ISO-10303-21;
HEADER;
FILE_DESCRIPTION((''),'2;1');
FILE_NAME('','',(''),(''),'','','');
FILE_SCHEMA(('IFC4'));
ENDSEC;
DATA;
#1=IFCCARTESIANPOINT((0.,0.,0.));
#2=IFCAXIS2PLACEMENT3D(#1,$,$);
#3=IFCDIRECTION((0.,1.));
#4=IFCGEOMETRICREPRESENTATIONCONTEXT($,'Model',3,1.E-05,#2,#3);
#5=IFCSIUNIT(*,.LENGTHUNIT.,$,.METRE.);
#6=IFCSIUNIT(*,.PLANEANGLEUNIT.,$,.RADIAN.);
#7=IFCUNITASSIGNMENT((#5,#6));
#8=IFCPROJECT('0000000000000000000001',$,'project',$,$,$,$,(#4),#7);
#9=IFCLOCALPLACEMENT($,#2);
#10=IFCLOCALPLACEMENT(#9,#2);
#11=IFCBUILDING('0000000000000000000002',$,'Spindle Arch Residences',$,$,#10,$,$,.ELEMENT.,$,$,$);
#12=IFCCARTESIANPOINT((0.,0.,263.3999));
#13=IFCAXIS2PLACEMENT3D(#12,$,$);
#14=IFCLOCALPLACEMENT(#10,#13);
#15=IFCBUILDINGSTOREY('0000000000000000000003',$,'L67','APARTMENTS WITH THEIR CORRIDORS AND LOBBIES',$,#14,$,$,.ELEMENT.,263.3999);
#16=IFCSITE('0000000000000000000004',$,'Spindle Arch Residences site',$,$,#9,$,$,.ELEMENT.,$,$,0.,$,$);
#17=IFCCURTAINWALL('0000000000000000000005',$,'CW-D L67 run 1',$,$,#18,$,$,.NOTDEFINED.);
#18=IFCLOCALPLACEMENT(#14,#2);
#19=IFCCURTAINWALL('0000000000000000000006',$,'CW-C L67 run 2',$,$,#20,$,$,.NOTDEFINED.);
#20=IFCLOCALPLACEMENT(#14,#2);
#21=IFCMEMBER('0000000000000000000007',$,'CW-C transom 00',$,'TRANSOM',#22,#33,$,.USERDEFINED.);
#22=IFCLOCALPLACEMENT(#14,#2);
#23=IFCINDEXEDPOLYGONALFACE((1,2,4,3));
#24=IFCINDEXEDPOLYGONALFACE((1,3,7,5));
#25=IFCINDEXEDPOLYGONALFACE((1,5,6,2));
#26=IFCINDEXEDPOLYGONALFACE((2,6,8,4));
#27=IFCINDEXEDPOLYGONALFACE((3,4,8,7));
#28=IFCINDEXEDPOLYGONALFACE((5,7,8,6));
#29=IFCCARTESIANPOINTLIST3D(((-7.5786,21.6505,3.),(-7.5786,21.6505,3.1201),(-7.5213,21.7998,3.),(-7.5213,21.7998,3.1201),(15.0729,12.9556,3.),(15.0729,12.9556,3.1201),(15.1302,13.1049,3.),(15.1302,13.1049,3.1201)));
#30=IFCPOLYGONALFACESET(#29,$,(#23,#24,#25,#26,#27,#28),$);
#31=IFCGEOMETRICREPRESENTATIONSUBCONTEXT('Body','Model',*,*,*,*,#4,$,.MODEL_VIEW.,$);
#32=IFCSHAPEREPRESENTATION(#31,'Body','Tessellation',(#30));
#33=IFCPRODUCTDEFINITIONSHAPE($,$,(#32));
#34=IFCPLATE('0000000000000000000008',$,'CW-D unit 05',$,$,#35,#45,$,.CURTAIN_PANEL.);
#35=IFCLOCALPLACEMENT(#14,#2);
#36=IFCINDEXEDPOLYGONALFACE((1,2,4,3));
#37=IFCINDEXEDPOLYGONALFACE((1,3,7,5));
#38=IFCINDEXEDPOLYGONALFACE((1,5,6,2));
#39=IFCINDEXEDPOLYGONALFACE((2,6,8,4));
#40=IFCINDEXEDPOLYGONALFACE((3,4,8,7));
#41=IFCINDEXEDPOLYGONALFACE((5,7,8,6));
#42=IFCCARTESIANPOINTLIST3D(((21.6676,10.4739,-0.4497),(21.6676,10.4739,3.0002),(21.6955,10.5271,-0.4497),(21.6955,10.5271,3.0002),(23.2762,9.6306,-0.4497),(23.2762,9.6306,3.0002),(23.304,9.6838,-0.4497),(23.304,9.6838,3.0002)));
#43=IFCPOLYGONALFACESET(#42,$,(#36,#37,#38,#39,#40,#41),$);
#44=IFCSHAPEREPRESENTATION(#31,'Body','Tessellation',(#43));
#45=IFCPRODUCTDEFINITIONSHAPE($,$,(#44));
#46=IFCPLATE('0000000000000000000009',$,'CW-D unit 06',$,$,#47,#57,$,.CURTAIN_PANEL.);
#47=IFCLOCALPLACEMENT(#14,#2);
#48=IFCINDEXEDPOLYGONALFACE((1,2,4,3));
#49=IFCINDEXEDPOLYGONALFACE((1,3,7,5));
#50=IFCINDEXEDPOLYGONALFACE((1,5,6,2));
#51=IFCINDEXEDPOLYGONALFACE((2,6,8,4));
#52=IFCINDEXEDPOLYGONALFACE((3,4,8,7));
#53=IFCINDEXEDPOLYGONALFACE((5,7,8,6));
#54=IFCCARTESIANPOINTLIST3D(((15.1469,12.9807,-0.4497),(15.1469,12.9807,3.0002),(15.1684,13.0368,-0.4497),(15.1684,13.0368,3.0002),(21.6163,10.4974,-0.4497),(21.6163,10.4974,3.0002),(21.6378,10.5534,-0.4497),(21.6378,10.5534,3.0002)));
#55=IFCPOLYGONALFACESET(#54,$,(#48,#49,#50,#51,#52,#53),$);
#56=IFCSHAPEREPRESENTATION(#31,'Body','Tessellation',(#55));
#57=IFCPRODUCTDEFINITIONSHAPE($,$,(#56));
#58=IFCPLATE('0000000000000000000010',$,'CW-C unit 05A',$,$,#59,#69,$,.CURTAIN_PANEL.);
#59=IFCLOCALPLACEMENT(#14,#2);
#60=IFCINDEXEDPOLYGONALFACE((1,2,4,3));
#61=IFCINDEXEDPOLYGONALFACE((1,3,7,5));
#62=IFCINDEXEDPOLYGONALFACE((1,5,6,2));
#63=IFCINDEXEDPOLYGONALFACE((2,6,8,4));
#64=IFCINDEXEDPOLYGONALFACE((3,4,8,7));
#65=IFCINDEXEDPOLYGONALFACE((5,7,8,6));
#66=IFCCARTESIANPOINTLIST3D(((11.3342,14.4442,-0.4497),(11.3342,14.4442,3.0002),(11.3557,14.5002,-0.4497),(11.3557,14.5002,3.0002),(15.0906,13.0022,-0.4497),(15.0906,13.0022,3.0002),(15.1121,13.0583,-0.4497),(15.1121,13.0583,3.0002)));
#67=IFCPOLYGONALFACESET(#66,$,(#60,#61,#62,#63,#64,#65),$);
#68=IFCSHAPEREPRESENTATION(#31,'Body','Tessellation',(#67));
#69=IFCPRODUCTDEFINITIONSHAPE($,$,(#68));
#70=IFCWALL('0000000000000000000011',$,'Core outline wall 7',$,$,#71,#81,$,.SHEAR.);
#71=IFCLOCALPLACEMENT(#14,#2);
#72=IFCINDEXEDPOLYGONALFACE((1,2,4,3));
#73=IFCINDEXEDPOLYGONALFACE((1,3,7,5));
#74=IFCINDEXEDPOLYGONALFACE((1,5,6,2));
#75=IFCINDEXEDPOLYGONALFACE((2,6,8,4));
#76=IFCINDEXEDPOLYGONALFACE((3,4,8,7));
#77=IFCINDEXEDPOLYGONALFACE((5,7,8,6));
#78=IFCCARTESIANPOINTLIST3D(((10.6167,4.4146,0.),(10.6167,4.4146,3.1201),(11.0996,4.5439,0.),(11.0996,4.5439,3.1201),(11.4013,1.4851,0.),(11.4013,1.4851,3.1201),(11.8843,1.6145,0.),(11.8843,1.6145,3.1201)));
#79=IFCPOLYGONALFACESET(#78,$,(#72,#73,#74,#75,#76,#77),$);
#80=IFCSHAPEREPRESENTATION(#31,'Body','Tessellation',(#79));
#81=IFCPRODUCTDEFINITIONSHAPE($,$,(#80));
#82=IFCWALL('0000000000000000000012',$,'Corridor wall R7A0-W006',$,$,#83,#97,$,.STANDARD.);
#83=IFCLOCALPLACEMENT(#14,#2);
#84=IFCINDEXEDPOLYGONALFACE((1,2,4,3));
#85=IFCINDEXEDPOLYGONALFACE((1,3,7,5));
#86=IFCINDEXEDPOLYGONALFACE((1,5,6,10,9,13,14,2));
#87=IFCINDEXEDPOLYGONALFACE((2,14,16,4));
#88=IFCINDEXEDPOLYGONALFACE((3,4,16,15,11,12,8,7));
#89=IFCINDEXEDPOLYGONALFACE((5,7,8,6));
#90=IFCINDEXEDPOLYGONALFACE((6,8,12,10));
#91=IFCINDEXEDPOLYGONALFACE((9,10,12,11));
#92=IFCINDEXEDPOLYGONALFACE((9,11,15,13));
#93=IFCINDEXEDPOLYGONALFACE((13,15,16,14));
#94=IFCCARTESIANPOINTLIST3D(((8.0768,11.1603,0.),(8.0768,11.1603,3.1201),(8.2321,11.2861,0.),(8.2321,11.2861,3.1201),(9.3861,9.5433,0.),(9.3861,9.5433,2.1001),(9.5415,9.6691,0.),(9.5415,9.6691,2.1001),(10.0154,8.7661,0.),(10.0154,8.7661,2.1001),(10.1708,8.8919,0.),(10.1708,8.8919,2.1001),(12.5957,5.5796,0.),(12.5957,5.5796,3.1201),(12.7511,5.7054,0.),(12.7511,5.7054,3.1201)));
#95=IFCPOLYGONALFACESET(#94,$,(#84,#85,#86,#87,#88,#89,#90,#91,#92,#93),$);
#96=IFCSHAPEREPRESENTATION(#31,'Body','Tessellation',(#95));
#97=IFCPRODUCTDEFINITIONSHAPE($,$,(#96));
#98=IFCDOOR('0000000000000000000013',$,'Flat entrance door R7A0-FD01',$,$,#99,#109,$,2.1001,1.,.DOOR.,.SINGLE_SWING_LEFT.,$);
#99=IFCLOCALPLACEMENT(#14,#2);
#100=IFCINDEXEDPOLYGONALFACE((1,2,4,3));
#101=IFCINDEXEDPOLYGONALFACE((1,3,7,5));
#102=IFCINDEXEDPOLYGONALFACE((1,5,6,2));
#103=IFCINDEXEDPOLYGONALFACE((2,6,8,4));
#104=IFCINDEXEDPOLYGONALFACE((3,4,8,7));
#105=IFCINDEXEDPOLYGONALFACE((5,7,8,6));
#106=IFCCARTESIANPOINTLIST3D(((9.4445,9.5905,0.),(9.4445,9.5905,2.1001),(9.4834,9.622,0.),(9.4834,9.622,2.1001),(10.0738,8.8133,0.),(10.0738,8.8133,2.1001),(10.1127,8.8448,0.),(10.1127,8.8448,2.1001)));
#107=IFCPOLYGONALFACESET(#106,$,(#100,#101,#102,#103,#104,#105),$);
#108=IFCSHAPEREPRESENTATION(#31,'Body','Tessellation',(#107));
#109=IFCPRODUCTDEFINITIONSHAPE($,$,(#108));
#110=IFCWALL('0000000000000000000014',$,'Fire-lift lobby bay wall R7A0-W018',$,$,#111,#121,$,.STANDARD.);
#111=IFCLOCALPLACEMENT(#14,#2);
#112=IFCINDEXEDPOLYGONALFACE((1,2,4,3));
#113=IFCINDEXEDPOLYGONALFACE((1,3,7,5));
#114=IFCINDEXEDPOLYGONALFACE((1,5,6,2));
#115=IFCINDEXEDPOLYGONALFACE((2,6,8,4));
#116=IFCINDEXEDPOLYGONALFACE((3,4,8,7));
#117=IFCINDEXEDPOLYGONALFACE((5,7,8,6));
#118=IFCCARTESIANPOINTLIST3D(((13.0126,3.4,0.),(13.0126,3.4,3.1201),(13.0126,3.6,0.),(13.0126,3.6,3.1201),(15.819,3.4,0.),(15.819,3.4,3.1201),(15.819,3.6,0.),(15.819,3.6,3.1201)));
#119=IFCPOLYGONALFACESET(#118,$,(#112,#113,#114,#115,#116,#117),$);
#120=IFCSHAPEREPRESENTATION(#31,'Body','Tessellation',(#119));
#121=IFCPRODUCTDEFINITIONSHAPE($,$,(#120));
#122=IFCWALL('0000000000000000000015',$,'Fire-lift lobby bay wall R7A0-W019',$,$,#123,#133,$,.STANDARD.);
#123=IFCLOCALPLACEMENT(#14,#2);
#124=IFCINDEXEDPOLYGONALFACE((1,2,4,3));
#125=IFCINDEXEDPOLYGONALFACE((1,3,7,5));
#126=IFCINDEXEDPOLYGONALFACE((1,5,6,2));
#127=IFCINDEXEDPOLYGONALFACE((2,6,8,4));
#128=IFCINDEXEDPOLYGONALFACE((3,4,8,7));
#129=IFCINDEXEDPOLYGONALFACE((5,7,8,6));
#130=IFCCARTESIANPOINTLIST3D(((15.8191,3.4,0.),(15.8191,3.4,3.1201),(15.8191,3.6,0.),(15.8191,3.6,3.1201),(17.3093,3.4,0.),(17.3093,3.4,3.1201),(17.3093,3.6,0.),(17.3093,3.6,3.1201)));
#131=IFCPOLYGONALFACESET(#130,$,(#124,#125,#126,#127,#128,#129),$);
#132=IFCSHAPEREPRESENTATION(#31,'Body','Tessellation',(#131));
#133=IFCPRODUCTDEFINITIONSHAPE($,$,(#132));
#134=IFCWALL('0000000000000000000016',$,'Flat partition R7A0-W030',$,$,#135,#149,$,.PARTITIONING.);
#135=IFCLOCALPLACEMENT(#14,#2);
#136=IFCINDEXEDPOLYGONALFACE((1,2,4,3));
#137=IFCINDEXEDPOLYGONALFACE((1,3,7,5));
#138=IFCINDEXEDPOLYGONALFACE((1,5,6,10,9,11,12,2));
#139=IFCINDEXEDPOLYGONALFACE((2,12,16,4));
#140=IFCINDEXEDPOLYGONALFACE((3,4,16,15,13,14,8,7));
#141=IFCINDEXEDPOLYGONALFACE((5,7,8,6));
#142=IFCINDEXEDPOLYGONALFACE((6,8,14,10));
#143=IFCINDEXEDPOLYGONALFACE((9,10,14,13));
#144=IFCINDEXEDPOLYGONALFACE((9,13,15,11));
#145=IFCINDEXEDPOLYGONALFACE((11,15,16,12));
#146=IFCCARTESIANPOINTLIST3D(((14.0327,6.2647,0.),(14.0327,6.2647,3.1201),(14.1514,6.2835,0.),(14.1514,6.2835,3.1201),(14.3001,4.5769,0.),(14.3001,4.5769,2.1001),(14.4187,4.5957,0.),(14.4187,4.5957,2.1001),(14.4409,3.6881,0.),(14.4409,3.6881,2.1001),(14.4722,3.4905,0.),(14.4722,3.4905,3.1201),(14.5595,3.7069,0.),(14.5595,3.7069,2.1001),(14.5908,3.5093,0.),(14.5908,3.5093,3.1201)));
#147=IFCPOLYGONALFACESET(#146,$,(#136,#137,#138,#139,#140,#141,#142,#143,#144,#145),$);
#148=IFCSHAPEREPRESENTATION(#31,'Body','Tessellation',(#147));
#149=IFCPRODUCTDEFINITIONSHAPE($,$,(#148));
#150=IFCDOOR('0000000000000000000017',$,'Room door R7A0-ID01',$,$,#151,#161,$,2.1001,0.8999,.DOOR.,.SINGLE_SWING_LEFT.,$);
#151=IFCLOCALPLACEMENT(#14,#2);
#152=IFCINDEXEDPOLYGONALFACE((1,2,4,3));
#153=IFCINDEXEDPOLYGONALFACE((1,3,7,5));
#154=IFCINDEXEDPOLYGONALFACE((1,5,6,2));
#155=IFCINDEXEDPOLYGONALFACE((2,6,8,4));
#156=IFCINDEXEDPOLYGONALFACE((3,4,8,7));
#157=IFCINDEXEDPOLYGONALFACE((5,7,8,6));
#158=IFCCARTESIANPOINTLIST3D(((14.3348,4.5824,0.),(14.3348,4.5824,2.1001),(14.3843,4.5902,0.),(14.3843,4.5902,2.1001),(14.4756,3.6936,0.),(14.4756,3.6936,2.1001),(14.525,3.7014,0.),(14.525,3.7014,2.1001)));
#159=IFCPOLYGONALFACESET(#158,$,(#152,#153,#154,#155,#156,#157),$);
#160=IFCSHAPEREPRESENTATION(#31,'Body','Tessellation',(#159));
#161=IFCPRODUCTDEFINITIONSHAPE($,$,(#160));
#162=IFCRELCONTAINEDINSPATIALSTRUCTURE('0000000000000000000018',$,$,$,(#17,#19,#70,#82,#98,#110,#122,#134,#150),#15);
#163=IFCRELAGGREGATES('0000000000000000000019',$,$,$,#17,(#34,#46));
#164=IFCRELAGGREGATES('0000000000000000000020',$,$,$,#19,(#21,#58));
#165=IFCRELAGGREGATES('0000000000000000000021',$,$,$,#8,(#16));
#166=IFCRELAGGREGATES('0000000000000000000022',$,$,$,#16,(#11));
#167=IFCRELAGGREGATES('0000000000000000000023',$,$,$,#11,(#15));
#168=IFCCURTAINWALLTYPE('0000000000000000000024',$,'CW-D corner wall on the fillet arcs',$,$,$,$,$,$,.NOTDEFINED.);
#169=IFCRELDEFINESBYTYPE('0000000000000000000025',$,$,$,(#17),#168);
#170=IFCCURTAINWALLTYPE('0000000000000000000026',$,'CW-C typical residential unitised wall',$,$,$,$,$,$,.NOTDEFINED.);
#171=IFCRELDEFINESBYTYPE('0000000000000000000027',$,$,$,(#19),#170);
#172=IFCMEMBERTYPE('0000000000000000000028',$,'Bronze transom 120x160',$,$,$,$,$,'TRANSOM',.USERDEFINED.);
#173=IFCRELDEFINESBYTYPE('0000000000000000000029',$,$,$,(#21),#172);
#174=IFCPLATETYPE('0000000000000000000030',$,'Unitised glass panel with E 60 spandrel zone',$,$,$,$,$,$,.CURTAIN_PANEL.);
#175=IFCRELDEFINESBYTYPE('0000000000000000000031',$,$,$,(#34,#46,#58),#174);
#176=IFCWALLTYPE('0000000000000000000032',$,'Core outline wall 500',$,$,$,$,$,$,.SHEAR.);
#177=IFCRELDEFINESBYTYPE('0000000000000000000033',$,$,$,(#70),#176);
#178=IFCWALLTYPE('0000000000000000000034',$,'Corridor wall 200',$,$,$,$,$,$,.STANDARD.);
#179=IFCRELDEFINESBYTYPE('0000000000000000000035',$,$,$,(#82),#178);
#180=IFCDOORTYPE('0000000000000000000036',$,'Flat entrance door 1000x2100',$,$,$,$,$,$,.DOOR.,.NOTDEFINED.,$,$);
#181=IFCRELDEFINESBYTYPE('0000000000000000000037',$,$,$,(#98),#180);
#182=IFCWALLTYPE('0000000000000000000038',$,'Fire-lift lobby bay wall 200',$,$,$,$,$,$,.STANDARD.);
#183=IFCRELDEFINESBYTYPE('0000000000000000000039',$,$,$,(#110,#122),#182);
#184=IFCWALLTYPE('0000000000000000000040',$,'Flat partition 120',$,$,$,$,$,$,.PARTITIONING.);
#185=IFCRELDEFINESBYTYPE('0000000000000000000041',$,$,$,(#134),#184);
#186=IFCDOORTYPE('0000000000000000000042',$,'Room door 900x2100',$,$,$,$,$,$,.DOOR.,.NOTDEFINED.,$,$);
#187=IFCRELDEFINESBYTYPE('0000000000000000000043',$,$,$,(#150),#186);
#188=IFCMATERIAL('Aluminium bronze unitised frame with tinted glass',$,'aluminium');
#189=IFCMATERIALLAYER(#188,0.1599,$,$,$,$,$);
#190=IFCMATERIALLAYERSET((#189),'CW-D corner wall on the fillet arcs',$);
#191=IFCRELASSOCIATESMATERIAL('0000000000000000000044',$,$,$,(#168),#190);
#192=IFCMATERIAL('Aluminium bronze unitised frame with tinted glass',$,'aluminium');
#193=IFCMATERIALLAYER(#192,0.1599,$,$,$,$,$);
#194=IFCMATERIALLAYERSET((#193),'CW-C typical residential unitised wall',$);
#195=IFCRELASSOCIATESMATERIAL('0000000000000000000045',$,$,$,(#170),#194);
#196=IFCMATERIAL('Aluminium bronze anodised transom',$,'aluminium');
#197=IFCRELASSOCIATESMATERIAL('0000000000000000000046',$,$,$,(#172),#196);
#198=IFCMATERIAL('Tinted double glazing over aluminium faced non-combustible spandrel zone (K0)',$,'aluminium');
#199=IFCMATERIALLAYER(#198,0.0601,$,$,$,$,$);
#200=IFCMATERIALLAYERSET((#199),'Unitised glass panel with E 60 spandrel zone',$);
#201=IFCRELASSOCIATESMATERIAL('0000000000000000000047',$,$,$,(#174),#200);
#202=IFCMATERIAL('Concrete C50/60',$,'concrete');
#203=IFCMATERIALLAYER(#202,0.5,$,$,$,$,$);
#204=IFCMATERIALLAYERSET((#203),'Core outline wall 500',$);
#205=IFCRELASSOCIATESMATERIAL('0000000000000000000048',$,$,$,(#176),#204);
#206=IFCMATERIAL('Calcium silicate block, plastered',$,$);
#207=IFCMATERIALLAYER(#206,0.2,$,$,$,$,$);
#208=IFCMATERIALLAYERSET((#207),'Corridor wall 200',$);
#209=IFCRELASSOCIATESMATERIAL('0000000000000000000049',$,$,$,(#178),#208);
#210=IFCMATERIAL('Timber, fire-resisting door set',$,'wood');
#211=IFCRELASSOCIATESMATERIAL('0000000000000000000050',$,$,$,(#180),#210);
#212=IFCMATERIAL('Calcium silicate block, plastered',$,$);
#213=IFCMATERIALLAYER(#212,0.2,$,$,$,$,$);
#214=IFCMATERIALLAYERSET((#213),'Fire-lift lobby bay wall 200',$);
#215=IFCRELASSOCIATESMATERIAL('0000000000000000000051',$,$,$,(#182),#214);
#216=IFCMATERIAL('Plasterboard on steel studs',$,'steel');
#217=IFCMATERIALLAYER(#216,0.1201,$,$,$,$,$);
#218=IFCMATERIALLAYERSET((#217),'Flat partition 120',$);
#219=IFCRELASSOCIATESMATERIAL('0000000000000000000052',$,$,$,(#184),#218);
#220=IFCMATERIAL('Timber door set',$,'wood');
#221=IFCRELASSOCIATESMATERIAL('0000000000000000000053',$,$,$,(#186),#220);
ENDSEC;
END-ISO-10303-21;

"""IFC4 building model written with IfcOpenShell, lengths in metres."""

from ifc_helpers import new_model, si_unit, direction, frame, frame_2d, origin, origin_2d, place, context, subcontext, project, spatial, rectangle, extrude, material, layer, layer_set, material_profile, profile_set, type_object, element, fill, aggregate, save


model = new_model("IFC4")

# Units and contexts
model_context = context("Model", 3, precision=1e-05, world=origin(), true_north=direction((0.0, 1.0)))
body_context = subcontext(model_context, "Body", "Model", "MODEL_VIEW")
ifc_project = project(units=[si_unit("LENGTHUNIT", "METRE"), si_unit("PLANEANGLEUNIT", "RADIAN")], contexts=[model_context])

# Site, building, storey
site_placement = place(None, origin())
site = spatial("IfcSite", under=ifc_project, at=site_placement, Name="Spindle Arch Residences site", CompositionType="ELEMENT", RefElevation=0.0)
building_placement = place(site_placement, origin())
building = spatial("IfcBuilding", under=site, at=building_placement, Name="Spindle Arch Residences", CompositionType="ELEMENT")
storey_placement = place(building_placement, frame((0.0, 0.0, 263.3999)))
storey = spatial("IfcBuildingStorey", under=building, at=storey_placement, Name="L67", Description="APARTMENTS WITH THEIR CORRIDORS AND LOBBIES", CompositionType="ELEMENT", Elevation=263.3999)

# Curtain walls
ifc_material_1 = material(Name="Aluminium bronze unitised frame with tinted glass", Category="aluminium")
ifc_layer_1 = layer(ifc_material_1, 0.1599)
ifc_layer_set_1 = layer_set([ifc_layer_1], Name="CW-D corner wall on the fillet arcs")
curtain_wall_type_1 = type_object("IfcCurtainWallType", Name="CW-D corner wall on the fillet arcs", PredefinedType="NOTDEFINED", material=ifc_layer_set_1)
curtain_wall_1_placement = place(storey_placement, origin())
curtain_wall_1 = element("IfcCurtainWall", 1, at=curtain_wall_1_placement, inside=storey, type_object=curtain_wall_type_1, Name="CW-D L67 run 1", PredefinedType="NOTDEFINED")
ifc_material_2 = material(Name="Aluminium bronze unitised frame with tinted glass", Category="aluminium")
ifc_layer_2 = layer(ifc_material_2, 0.1599)
ifc_layer_set_2 = layer_set([ifc_layer_2], Name="CW-C typical residential unitised wall")
curtain_wall_type_2 = type_object("IfcCurtainWallType", Name="CW-C typical residential unitised wall", PredefinedType="NOTDEFINED", material=ifc_layer_set_2)
curtain_wall_2_placement = place(storey_placement, origin())
curtain_wall_2 = element("IfcCurtainWall", 2, at=curtain_wall_2_placement, inside=storey, type_object=curtain_wall_type_2, Name="CW-C L67 run 2", PredefinedType="NOTDEFINED")

# Member
ifc_material_3 = material(Name="Aluminium bronze anodised transom", Category="aluminium")
ifc_material_profile_1 = material_profile(ifc_material_3, rectangle(XDim=0.1599, YDim=0.1201, at=origin_2d()), Name="TR 120x160")
ifc_profile_set_1 = profile_set([ifc_material_profile_1], Name="Aluminium bronze anodised transom")
member_type_1 = type_object("IfcMemberType", Name="Bronze transom 120x160", ElementType="TRANSOM", PredefinedType="USERDEFINED", material=ifc_profile_set_1)
member_1_placement = place(storey_placement, frame((15.1016, 13.0303, 3.0601), z_axis=(-0.933583, 0.35836, 0.0), x_axis=(-0.35836, -0.933583, 0.0)))
member_1 = element("IfcMember", 3, at=member_1_placement, type_object=member_type_1, Name="CW-C transom 00", ObjectType="TRANSOM", PredefinedType="USERDEFINED", context=body_context, shape_type="SweptSolid", body=[
    extrude(rectangle(XDim=0.1599, YDim=0.1201, at=origin_2d()), origin(), (0.0, 0.0, 1.0), 24.2629),
])

# Plates
ifc_material_4 = material(Name="Tinted double glazing over aluminium faced non-combustible spandrel zone (K0)", Category="aluminium")
ifc_layer_3 = layer(ifc_material_4, 0.0601)
ifc_layer_set_3 = layer_set([ifc_layer_3], Name="Unitised glass panel with E 60 spandrel zone")
plate_type = type_object("IfcPlateType", Name="Unitised glass panel with E 60 spandrel zone", PredefinedType="CURTAIN_PANEL", material=ifc_layer_set_3)
plate_1_placement = place(storey_placement, frame((22.4858, 10.0789, -0.4497), z_axis=(0.0, 0.0, 1.0), x_axis=(-0.885664, 0.464327, 0.0)))
plate_1 = element("IfcPlate", 4, at=plate_1_placement, type_object=plate_type, Name="CW-D unit 05", PredefinedType="CURTAIN_PANEL", context=body_context, shape_type="SweptSolid", body=[
    extrude(rectangle(XDim=1.8162, YDim=0.0601, at=origin_2d()), origin(), (0.0, 0.0, 1.0), 3.45),
])
plate_2_placement = place(storey_placement, frame((18.3923, 11.7671, -0.4497), z_axis=(0.0, 0.0, 1.0), x_axis=(-0.93358, 0.358368, 0.0)))
plate_2 = element("IfcPlate", 5, at=plate_2_placement, type_object=plate_type, Name="CW-D unit 06", PredefinedType="CURTAIN_PANEL", context=body_context, shape_type="SweptSolid", body=[
    extrude(rectangle(XDim=6.9297, YDim=0.0601, at=origin_2d()), origin(), (0.0, 0.0, 1.0), 3.45),
])
aggregate(curtain_wall_1, [plate_1, plate_2])
plate_3_placement = place(storey_placement, frame((13.2231, 13.7512, -0.4497), z_axis=(0.0, 0.0, 1.0), x_axis=(-0.93358, 0.358368, 0.0)))
plate_3 = element("IfcPlate", 6, at=plate_3_placement, type_object=plate_type, Name="CW-C unit 05A", PredefinedType="CURTAIN_PANEL", context=body_context, shape_type="SweptSolid", body=[
    extrude(rectangle(XDim=4.0237, YDim=0.0601, at=origin_2d()), origin(), (0.0, 0.0, 1.0), 3.45),
])
aggregate(curtain_wall_2, [member_1, plate_3])

# Wall
ifc_material_5 = material(Name="Concrete C50/60", Category="concrete")
ifc_layer_4 = layer(ifc_material_5, 0.5)
ifc_layer_set_4 = layer_set([ifc_layer_4], Name="Core outline wall 500")
wall_type_1 = type_object("IfcWallType", Name="Core outline wall 500", PredefinedType="SHEAR", material=ifc_layer_set_4)
wall_1_placement = place(storey_placement, frame((11.6428, 1.5498, 0.0), z_axis=(0.0, 0.0, 1.0), x_axis=(-0.258735, 0.965948, 0.0)))
element("IfcWall", 7, at=wall_1_placement, inside=storey, type_object=wall_type_1, Name="Core outline wall 7", PredefinedType="SHEAR", context=body_context, shape_type="SweptSolid", body=[
    extrude(rectangle(XDim=3.0327, YDim=0.5, at=frame_2d((1.5164, 0.0))), origin(), (0.0, 0.0, 1.0), 3.1201),
])

# Wall, opening, door
ifc_material_6 = material(Name="Calcium silicate block, plastered")
ifc_layer_5 = layer(ifc_material_6, 0.2)
ifc_layer_set_5 = layer_set([ifc_layer_5], Name="Corridor wall 200")
wall_type_2 = type_object("IfcWallType", Name="Corridor wall 200", PredefinedType="STANDARD", material=ifc_layer_set_5)
wall_2_placement = place(storey_placement, frame((12.6733, 5.6426, 0.0), z_axis=(0.0, 0.0, 1.0), x_axis=(-0.629303, 0.77716, 0.0)))
wall_2 = element("IfcWall", 8, at=wall_2_placement, inside=storey, type_object=wall_type_2, Name="Corridor wall R7A0-W006", PredefinedType="STANDARD", context=body_context, shape_type="SweptSolid", body=[
    extrude(rectangle(XDim=7.1809, YDim=0.2, at=frame_2d((3.5903, 0.0))), origin(), (0.0, 0.0, 1.0), 3.1201),
])
opening_1_placement = place(wall_2_placement, frame((4.1001, 0.0, 0.0)))
opening_1 = element("IfcOpeningElement", 9, at=opening_1_placement, cuts=wall_2, PredefinedType="OPENING", context=body_context, shape_type="SweptSolid", body=[
    extrude(rectangle(XDim=1.0, YDim=2.1001, at=frame_2d((0.5, 1.05))), frame((0.0, 0.1099, 0.0), z_axis=(0.0, -1.0, 0.0), x_axis=(1.0, 0.0, 0.0)), (0.0, 0.0, 1.0), 0.22),
])
ifc_material_7 = material(Name="Timber, fire-resisting door set", Category="wood")
door_type_1 = type_object("IfcDoorType", Name="Flat entrance door 1000x2100", OperationType="NOTDEFINED", PredefinedType="DOOR", material=ifc_material_7)
door_1_placement = place(opening_1_placement, origin())
door_1 = element("IfcDoor", 10, at=door_1_placement, inside=storey, type_object=door_type_1, Name="Flat entrance door R7A0-FD01", OperationType="SINGLE_SWING_LEFT", OverallHeight=2.1001, OverallWidth=1.0, PredefinedType="DOOR", context=body_context, shape_type="SweptSolid", body=[
    extrude(rectangle(XDim=1.0, YDim=2.1001, at=frame_2d((0.5, 1.05))), frame((0.0, 0.0249, 0.0), z_axis=(0.0, -1.0, 0.0), x_axis=(1.0, 0.0, 0.0)), (0.0, 0.0, 1.0), 0.05),
])
fill(opening_1, door_1)

# Walls
ifc_material_8 = material(Name="Calcium silicate block, plastered")
ifc_layer_6 = layer(ifc_material_8, 0.2)
ifc_layer_set_6 = layer_set([ifc_layer_6], Name="Fire-lift lobby bay wall 200")
wall_type_3 = type_object("IfcWallType", Name="Fire-lift lobby bay wall 200", PredefinedType="STANDARD", material=ifc_layer_set_6)
wall_3_placement = place(storey_placement, frame((15.8191, 3.5, 0.0), z_axis=(0.0, 0.0, 1.0), x_axis=(-1.0, 0.0, 0.0)))
element("IfcWall", 11, at=wall_3_placement, inside=storey, type_object=wall_type_3, Name="Fire-lift lobby bay wall R7A0-W018", PredefinedType="STANDARD", context=body_context, shape_type="SweptSolid", body=[
    extrude(rectangle(XDim=2.8064, YDim=0.2, at=frame_2d((1.4033, 0.0))), origin(), (0.0, 0.0, 1.0), 3.1201),
])
wall_4_placement = place(storey_placement, frame((17.3093, 3.5, 0.0), z_axis=(0.0, 0.0, 1.0), x_axis=(-1.0, 0.0, 0.0)))
element("IfcWall", 12, at=wall_4_placement, inside=storey, type_object=wall_type_3, Name="Fire-lift lobby bay wall R7A0-W019", PredefinedType="STANDARD", context=body_context, shape_type="SweptSolid", body=[
    extrude(rectangle(XDim=1.4902, YDim=0.2, at=frame_2d((0.7451, 0.0))), origin(), (0.0, 0.0, 1.0), 3.1201),
])

# Wall, opening, door
ifc_material_9 = material(Name="Plasterboard on steel studs", Category="steel")
ifc_layer_7 = layer(ifc_material_9, 0.1201)
ifc_layer_set_7 = layer_set([ifc_layer_7], Name="Flat partition 120")
wall_type_4 = type_object("IfcWallType", Name="Flat partition 120", PredefinedType="PARTITIONING", material=ifc_layer_set_7)
wall_5_placement = place(storey_placement, frame((14.5315, 3.5, 0.0), z_axis=(0.0, 0.0, 1.0), x_axis=(-0.156458, 0.987685, 0.0)))
wall_5 = element("IfcWall", 13, at=wall_5_placement, inside=storey, type_object=wall_type_4, Name="Flat partition R7A0-W030", PredefinedType="PARTITIONING", context=body_context, shape_type="SweptSolid", body=[
    extrude(rectangle(XDim=2.8088, YDim=0.1201, at=frame_2d((1.4043, 0.0))), origin(), (0.0, 0.0, 1.0), 3.1201),
])
opening_2_placement = place(wall_5_placement, frame((0.2, 0.0, 0.0)))
opening_2 = element("IfcOpeningElement", 14, at=opening_2_placement, cuts=wall_5, PredefinedType="OPENING", context=body_context, shape_type="SweptSolid", body=[
    extrude(rectangle(XDim=0.8999, YDim=2.1001, at=frame_2d((0.45, 1.05))), frame((0.0, 0.0701, 0.0), z_axis=(0.0, -1.0, 0.0), x_axis=(1.0, 0.0, 0.0)), (0.0, 0.0, 1.0), 0.1401),
])
ifc_material_10 = material(Name="Timber door set", Category="wood")
door_type_2 = type_object("IfcDoorType", Name="Room door 900x2100", OperationType="NOTDEFINED", PredefinedType="DOOR", material=ifc_material_10)
door_2_placement = place(opening_2_placement, origin())
door_2 = element("IfcDoor", 15, at=door_2_placement, inside=storey, type_object=door_type_2, Name="Room door R7A0-ID01", OperationType="SINGLE_SWING_LEFT", OverallHeight=2.1001, OverallWidth=0.8999, PredefinedType="DOOR", context=body_context, shape_type="SweptSolid", body=[
    extrude(rectangle(XDim=0.8999, YDim=2.1001, at=frame_2d((0.45, 1.05))), frame((0.0, 0.0249, 0.0), z_axis=(0.0, -1.0, 0.0), x_axis=(1.0, 0.0, 0.0)), (0.0, 0.0, 1.0), 0.05),
])
fill(opening_2, door_2)

save(model, "model.ifc")
